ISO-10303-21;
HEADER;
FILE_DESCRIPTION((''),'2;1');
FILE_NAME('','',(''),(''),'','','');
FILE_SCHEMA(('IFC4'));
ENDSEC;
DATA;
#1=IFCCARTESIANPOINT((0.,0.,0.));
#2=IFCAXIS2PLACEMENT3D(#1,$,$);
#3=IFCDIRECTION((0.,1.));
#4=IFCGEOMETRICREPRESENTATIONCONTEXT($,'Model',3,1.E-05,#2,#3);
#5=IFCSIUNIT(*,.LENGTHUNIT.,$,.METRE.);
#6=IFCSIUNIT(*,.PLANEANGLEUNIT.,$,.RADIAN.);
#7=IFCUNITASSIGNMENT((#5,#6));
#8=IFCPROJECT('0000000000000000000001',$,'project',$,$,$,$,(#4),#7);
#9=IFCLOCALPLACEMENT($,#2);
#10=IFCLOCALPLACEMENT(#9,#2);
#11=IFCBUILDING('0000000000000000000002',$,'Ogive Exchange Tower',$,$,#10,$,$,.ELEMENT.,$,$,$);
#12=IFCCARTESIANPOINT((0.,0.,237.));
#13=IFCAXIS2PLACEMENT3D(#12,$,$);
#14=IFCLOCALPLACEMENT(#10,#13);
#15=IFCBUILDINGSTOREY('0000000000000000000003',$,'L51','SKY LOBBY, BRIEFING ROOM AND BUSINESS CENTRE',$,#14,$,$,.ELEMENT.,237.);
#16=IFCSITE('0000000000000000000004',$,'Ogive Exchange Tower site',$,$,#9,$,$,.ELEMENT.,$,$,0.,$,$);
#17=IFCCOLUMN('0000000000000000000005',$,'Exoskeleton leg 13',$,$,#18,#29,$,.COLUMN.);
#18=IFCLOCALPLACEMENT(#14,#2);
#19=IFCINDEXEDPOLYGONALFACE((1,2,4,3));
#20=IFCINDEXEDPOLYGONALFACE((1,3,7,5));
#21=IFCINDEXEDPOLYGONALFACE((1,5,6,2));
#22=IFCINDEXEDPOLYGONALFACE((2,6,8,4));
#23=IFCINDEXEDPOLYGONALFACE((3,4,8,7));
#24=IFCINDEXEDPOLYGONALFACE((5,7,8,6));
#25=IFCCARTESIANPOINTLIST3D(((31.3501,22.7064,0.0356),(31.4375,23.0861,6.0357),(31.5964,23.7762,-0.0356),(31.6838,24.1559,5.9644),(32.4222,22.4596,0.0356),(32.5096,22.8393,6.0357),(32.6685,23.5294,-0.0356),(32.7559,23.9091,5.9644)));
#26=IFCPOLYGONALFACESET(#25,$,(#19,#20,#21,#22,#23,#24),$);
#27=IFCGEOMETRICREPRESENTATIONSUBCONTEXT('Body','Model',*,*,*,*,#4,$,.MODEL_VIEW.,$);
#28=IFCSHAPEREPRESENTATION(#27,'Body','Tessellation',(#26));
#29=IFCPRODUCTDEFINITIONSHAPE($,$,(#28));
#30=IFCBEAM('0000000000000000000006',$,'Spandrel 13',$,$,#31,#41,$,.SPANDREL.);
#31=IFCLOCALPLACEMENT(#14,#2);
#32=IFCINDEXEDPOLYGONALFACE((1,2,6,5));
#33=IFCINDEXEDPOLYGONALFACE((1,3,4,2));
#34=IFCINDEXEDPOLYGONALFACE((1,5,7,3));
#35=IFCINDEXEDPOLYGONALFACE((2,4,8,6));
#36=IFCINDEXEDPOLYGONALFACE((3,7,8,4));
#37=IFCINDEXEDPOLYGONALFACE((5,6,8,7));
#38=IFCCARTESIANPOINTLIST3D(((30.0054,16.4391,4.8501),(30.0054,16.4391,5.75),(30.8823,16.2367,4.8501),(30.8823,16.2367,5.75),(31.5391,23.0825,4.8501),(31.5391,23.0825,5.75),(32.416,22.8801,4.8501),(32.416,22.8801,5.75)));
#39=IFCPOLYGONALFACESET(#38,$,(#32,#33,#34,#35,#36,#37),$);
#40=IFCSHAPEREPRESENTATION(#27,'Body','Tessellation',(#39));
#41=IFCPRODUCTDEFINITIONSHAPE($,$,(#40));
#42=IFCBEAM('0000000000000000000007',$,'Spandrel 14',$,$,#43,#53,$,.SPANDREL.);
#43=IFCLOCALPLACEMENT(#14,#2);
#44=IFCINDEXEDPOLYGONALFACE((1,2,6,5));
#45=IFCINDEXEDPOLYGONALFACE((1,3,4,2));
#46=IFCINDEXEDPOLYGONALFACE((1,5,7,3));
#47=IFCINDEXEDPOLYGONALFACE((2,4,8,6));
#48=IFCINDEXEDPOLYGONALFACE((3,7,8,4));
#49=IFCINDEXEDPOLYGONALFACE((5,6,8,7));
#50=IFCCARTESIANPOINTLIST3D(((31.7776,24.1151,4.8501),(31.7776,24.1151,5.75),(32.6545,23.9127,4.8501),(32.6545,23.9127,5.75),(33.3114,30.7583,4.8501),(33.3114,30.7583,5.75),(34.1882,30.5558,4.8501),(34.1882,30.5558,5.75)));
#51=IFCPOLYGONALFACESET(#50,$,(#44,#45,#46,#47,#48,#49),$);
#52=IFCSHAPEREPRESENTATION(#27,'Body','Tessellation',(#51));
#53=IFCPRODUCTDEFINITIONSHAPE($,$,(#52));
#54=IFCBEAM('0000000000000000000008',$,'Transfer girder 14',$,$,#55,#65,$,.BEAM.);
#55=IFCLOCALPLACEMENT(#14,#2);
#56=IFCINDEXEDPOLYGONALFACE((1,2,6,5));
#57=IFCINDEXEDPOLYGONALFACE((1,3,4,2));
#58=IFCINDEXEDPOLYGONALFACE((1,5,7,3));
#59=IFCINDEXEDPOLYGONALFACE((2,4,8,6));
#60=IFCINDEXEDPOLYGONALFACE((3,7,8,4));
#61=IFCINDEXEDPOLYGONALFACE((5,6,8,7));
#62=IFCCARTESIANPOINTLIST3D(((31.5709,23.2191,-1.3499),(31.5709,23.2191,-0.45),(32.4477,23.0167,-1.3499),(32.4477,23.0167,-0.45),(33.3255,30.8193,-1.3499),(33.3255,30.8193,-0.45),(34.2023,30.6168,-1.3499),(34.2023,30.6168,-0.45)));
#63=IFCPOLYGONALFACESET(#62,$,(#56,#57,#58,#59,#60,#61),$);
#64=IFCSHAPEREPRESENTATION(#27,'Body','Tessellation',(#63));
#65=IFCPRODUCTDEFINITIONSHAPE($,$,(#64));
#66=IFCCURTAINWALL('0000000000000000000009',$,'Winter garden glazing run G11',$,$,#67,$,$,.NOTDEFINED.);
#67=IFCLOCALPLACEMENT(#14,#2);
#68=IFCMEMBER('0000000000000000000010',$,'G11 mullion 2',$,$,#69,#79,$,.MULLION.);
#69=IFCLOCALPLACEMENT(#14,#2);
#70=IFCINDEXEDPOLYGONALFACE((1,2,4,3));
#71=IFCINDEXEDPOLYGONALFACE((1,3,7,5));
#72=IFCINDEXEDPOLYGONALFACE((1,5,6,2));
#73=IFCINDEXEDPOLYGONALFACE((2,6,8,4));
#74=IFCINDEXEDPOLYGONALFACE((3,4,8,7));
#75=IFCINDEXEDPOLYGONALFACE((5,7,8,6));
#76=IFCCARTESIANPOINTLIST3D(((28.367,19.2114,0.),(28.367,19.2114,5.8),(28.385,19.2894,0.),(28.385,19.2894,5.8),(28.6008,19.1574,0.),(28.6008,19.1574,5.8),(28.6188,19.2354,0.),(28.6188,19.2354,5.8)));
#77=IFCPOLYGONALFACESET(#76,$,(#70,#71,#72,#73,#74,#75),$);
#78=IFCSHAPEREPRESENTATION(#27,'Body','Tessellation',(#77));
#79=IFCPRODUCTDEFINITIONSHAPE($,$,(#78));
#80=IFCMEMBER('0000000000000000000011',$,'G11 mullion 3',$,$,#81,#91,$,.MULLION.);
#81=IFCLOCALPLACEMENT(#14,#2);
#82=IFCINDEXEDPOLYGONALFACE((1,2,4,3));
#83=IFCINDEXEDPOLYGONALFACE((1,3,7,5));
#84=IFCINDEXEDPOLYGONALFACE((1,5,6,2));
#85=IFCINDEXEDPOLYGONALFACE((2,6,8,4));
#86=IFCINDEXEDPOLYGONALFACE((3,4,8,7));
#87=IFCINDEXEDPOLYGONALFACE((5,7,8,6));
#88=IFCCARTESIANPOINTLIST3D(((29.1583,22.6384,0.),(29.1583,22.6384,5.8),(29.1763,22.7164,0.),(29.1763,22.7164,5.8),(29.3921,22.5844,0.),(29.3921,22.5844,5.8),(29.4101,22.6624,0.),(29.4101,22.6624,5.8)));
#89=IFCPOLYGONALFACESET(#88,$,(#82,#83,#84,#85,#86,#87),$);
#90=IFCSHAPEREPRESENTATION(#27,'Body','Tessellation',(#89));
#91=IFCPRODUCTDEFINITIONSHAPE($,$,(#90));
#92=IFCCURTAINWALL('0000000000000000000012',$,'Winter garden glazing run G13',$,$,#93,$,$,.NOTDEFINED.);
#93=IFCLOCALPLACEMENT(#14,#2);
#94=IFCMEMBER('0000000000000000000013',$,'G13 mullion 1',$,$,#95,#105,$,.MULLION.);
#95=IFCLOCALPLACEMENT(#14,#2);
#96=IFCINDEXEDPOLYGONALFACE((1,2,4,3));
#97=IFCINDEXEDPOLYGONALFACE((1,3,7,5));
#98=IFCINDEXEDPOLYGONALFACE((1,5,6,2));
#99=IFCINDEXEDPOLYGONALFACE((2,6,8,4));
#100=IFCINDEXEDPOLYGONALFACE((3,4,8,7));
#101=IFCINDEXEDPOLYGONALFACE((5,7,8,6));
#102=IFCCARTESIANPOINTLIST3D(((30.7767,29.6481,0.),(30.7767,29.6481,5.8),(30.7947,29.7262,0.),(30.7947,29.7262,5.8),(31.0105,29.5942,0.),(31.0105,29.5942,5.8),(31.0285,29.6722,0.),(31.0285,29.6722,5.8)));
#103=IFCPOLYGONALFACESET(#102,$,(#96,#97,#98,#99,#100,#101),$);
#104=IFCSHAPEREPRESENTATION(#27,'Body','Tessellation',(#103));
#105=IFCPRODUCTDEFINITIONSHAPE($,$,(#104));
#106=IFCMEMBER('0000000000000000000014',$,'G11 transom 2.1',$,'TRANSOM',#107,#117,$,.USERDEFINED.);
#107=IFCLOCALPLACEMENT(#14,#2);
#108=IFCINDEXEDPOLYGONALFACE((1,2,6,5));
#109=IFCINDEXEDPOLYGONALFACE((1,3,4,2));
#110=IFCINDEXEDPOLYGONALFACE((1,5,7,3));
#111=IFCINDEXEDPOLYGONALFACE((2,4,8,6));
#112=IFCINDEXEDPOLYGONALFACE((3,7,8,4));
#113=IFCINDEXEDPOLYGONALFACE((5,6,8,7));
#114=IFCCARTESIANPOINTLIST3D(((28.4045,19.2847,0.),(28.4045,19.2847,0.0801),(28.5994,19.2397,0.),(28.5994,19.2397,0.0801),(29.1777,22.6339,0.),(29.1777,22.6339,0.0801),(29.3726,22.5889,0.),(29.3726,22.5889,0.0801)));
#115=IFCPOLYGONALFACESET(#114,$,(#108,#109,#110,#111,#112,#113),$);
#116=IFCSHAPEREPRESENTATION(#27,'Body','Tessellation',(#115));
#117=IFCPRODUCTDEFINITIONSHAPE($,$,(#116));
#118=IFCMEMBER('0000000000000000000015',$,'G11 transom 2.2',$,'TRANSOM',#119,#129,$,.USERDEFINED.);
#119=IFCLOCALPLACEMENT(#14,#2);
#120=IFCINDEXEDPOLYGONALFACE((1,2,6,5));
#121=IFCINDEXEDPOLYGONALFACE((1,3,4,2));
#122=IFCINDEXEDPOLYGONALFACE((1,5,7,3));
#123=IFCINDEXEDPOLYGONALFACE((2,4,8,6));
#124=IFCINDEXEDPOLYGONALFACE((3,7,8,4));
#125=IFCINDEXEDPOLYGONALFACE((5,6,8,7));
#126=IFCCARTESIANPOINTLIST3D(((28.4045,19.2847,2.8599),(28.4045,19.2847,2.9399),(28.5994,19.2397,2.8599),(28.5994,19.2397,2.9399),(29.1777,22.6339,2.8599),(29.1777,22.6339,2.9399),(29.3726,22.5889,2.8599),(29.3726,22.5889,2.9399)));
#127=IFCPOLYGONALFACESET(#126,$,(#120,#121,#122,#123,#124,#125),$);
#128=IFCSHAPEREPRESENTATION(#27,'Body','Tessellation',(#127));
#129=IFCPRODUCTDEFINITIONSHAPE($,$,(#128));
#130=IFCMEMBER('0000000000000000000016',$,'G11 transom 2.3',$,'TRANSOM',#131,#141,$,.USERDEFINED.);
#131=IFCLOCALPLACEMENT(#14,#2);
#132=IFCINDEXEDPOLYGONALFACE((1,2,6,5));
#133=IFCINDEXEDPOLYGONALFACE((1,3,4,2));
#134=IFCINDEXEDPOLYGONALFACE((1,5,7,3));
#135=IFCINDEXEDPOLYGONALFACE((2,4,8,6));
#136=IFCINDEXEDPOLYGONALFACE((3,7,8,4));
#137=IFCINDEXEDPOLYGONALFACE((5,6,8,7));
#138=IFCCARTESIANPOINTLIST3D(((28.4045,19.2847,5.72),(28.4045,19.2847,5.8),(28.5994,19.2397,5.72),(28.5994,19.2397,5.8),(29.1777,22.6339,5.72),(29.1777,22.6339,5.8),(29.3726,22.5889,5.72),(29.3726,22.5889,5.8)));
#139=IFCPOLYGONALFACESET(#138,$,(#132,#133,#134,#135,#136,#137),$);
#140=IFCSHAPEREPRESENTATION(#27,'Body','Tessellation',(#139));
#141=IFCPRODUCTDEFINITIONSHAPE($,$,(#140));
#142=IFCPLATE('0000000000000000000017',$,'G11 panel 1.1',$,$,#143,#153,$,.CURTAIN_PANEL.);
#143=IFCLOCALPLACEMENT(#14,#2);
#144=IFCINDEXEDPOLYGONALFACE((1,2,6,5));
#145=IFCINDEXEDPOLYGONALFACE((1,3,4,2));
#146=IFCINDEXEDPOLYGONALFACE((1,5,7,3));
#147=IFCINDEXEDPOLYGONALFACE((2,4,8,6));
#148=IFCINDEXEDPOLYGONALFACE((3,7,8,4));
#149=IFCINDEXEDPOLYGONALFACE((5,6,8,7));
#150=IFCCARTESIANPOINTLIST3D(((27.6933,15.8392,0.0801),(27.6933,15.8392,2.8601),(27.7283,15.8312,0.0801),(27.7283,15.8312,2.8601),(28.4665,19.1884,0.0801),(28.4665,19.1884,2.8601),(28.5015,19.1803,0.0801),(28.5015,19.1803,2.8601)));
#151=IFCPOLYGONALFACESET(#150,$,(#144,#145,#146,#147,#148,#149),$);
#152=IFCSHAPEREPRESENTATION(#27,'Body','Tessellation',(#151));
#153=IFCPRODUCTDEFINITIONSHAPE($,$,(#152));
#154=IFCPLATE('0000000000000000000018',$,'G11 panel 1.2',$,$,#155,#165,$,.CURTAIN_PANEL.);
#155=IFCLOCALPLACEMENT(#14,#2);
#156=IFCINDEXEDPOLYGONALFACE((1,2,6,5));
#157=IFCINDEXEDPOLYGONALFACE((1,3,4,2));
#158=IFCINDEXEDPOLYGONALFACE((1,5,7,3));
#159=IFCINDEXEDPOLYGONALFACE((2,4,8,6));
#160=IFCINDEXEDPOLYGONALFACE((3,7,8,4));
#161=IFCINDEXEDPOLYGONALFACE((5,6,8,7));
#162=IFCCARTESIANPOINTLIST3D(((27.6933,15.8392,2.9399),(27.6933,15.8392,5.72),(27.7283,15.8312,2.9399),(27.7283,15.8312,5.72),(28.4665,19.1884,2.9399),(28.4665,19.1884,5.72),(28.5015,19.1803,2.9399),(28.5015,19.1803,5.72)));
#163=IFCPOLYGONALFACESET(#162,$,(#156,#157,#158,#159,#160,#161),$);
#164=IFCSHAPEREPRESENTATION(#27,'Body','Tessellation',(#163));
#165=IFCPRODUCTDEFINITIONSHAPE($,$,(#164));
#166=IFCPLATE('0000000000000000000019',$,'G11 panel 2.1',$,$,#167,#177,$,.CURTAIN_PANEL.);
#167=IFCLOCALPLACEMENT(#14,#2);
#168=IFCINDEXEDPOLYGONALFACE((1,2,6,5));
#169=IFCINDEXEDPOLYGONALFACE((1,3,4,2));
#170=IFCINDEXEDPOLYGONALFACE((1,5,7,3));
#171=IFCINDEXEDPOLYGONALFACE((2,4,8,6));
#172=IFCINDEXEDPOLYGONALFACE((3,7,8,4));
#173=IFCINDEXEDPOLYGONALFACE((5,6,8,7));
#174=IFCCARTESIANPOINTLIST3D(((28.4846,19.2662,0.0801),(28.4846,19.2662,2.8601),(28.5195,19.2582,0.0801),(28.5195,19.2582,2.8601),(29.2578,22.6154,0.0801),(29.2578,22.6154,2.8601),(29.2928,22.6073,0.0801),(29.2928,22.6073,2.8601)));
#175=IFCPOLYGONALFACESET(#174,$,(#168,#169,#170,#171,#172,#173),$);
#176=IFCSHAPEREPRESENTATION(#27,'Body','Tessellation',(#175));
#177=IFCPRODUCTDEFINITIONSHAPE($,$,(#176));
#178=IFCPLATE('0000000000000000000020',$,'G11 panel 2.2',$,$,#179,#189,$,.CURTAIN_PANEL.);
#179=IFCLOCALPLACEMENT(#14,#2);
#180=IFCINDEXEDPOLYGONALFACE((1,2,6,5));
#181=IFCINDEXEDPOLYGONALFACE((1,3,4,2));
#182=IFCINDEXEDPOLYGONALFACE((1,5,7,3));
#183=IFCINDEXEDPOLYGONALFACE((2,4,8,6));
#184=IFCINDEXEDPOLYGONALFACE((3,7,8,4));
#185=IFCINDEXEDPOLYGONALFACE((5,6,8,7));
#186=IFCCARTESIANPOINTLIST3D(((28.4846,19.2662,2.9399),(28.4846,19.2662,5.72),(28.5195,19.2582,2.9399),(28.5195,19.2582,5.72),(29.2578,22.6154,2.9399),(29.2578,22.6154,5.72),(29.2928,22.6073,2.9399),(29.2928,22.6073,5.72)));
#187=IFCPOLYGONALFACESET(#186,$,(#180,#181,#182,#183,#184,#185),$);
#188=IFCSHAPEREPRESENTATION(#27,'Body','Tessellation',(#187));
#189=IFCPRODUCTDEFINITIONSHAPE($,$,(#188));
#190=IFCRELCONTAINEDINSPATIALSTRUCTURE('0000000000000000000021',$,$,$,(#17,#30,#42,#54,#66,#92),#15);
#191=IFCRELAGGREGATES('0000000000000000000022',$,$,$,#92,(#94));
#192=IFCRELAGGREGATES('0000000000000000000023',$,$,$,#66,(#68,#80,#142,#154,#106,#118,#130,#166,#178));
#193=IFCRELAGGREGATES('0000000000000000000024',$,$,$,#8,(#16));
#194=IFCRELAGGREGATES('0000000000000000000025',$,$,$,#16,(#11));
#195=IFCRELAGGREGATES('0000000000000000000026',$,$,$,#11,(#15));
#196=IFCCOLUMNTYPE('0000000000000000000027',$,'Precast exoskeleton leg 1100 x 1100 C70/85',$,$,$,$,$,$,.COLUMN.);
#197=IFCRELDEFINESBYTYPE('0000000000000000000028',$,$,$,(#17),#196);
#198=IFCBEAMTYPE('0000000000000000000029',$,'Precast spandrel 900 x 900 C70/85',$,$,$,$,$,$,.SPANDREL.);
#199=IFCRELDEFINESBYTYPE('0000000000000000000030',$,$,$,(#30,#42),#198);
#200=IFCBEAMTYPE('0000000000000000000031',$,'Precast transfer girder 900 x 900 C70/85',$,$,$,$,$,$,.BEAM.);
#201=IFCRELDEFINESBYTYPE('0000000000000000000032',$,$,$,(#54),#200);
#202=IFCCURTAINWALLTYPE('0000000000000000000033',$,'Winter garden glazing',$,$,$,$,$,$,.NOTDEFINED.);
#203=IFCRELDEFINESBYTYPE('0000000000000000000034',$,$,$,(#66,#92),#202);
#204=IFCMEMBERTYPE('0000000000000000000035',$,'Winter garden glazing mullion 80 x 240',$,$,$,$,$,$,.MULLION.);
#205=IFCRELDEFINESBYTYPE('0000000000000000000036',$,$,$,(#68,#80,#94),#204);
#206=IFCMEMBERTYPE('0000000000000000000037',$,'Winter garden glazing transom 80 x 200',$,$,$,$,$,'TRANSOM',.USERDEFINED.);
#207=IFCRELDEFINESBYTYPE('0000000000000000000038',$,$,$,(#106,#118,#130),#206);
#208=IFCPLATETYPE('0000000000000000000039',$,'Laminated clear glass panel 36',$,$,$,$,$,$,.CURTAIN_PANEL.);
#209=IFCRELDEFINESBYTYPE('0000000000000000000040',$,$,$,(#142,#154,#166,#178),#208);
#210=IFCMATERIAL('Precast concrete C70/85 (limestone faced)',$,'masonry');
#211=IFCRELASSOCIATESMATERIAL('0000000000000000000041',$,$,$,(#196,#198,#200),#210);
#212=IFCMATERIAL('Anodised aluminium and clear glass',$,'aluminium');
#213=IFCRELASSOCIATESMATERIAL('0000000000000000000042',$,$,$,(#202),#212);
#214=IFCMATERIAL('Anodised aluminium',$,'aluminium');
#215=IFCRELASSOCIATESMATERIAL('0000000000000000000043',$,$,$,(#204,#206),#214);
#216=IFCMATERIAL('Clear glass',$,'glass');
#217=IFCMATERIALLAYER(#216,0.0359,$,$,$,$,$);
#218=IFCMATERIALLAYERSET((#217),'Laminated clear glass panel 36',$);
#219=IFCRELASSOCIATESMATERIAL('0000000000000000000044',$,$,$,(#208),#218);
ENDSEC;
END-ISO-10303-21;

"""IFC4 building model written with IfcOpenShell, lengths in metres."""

from ifc_helpers import new_model, si_unit, direction, frame, origin, origin_2d, place, context, subcontext, project, spatial, rectangle, extrude, material, layer, layer_set, material_profile, profile_set, type_object, element, aggregate, save


model = new_model("IFC4")

# Units and contexts
model_context = context("Model", 3, precision=1e-05, world=origin(), true_north=direction((0.0, 1.0)))
body_context = subcontext(model_context, "Body", "Model", "MODEL_VIEW")
ifc_project = project(units=[si_unit("LENGTHUNIT", "METRE"), si_unit("PLANEANGLEUNIT", "RADIAN")], contexts=[model_context])

# Site, building, storey
site_placement = place(None, origin())
site = spatial("IfcSite", under=ifc_project, at=site_placement, Name="Ogive Exchange Tower site", CompositionType="ELEMENT", RefElevation=0.0)
building_placement = place(site_placement, origin())
building = spatial("IfcBuilding", under=site, at=building_placement, Name="Ogive Exchange Tower", CompositionType="ELEMENT")
storey_placement = place(building_placement, frame((0.0, 0.0, 237.0)))
storey = spatial("IfcBuildingStorey", under=building, at=storey_placement, Name="L51", Description="SKY LOBBY, BRIEFING ROOM AND BUSINESS CENTRE", CompositionType="ELEMENT", Elevation=237.0)

# Column
ifc_material_1 = material(Name="Precast concrete C70/85 (limestone faced)", Category="masonry")
ifc_material_profile_1 = material_profile(ifc_material_1, rectangle(XDim=1.1001, YDim=1.1001, at=origin_2d()), Name="1100 x 1100")
ifc_profile_set_1 = profile_set([ifc_material_profile_1], Name="Precast concrete C70/85 (limestone faced)")
column_type = type_object("IfcColumnType", Name="Precast exoskeleton leg 1100 x 1100 C70/85", PredefinedType="COLUMN", material=ifc_profile_set_1)
column_placement = place(storey_placement, frame((32.0093, 23.1179, 0.0), z_axis=(0.014536, 0.06314, 0.997899), x_axis=(-0.974507, 0.224356, 0.0)))
element("IfcColumn", 1, at=column_placement, inside=storey, type_object=column_type, Name="Exoskeleton leg 13", PredefinedType="COLUMN", context=body_context, shape_type="SweptSolid", body=[
    extrude(rectangle(XDim=1.1001, YDim=1.1001, at=origin_2d()), origin(), (0.0, 0.0, 1.0), 6.0127),
])

# Beams
ifc_material_profile_2 = material_profile(ifc_material_1, rectangle(XDim=0.8999, YDim=0.8999, at=origin_2d()), Name="900 x 900")
ifc_profile_set_2 = profile_set([ifc_material_profile_2], Name="Precast concrete C70/85 (limestone faced)")
beam_type_1 = type_object("IfcBeamType", Name="Precast spandrel 900 x 900 C70/85", PredefinedType="SPANDREL", material=ifc_profile_set_2)
beam_1_placement = place(storey_placement, frame((30.4438, 16.3379, 5.3), z_axis=(0.224946, 0.974371, 0.0), x_axis=(-0.974371, 0.224946, 0.0)))
element("IfcBeam", 2, at=beam_1_placement, inside=storey, type_object=beam_type_1, Name="Spandrel 13", PredefinedType="SPANDREL", context=body_context, shape_type="SweptSolid", body=[
    extrude(rectangle(XDim=0.8999, YDim=0.8999, at=origin_2d()), origin(), (0.0, 0.0, 1.0), 6.8181),
])
beam_2_placement = place(storey_placement, frame((32.2161, 24.0139, 5.3), z_axis=(0.224954, 0.974369, 0.0), x_axis=(-0.974369, 0.224954, 0.0)))
element("IfcBeam", 3, at=beam_2_placement, inside=storey, type_object=beam_type_1, Name="Spandrel 14", PredefinedType="SPANDREL", context=body_context, shape_type="SweptSolid", body=[
    extrude(rectangle(XDim=0.8999, YDim=0.8999, at=origin_2d()), origin(), (0.0, 0.0, 1.0), 6.8179),
])
ifc_material_profile_3 = material_profile(ifc_material_1, rectangle(XDim=0.8999, YDim=0.8999, at=origin_2d()), Name="900 x 900")
ifc_profile_set_3 = profile_set([ifc_material_profile_3], Name="Precast concrete C70/85 (limestone faced)")
beam_type_2 = type_object("IfcBeamType", Name="Precast transfer girder 900 x 900 C70/85", PredefinedType="BEAM", material=ifc_profile_set_3)
beam_3_placement = place(storey_placement, frame((32.0093, 23.1179, -0.8999), z_axis=(0.224953, 0.97437, 0.0), x_axis=(-0.97437, 0.224953, 0.0)))
element("IfcBeam", 4, at=beam_3_placement, inside=storey, type_object=beam_type_2, Name="Transfer girder 14", PredefinedType="BEAM", context=body_context, shape_type="SweptSolid", body=[
    extrude(rectangle(XDim=0.8999, YDim=0.8999, at=origin_2d()), origin(), (0.0, 0.0, 1.0), 7.8),
])

# Curtain wall, members
ifc_material_2 = material(Name="Anodised aluminium and clear glass", Category="aluminium")
curtain_wall_type = type_object("IfcCurtainWallType", Name="Winter garden glazing", PredefinedType="NOTDEFINED", material=ifc_material_2)
curtain_wall_1_placement = place(storey_placement, origin())
curtain_wall_1 = element("IfcCurtainWall", 5, at=curtain_wall_1_placement, inside=storey, type_object=curtain_wall_type, Name="Winter garden glazing run G11", PredefinedType="NOTDEFINED")
ifc_material_3 = material(Name="Anodised aluminium", Category="aluminium")
ifc_material_profile_4 = material_profile(ifc_material_3, rectangle(XDim=0.24, YDim=0.0801, at=origin_2d()), Name="AL 80x240")
ifc_profile_set_4 = profile_set([ifc_material_profile_4], Name="Anodised aluminium")
member_type_1 = type_object("IfcMemberType", Name="Winter garden glazing mullion 80 x 240", PredefinedType="MULLION", material=ifc_profile_set_4)
member_1_placement = place(storey_placement, frame((28.4929, 19.2234, 0.0), z_axis=(0.0, 0.0, 1.0), x_axis=(-0.974369, 0.224954, 0.0)))
member_1 = element("IfcMember", 6, at=member_1_placement, type_object=member_type_1, Name="G11 mullion 2", PredefinedType="MULLION", context=body_context, shape_type="SweptSolid", body=[
    extrude(rectangle(XDim=0.24, YDim=0.0801, at=origin_2d()), origin(), (0.0, 0.0, 1.0), 5.8),
])
member_2_placement = place(storey_placement, frame((29.2842, 22.6504, 0.0), z_axis=(0.0, 0.0, 1.0), x_axis=(-0.974369, 0.224954, 0.0)))
member_2 = element("IfcMember", 7, at=member_2_placement, type_object=member_type_1, Name="G11 mullion 3", PredefinedType="MULLION", context=body_context, shape_type="SweptSolid", body=[
    extrude(rectangle(XDim=0.24, YDim=0.0801, at=origin_2d()), origin(), (0.0, 0.0, 1.0), 5.8),
])

# Curtain wall, member
curtain_wall_2_placement = place(storey_placement, origin())
curtain_wall_2 = element("IfcCurtainWall", 8, at=curtain_wall_2_placement, inside=storey, type_object=curtain_wall_type, Name="Winter garden glazing run G13", PredefinedType="NOTDEFINED")
member_3_placement = place(storey_placement, frame((30.9026, 29.6602, 0.0), z_axis=(0.0, 0.0, 1.0), x_axis=(-0.974369, 0.224954, 0.0)))
member_3 = element("IfcMember", 9, at=member_3_placement, type_object=member_type_1, Name="G13 mullion 1", PredefinedType="MULLION", context=body_context, shape_type="SweptSolid", body=[
    extrude(rectangle(XDim=0.24, YDim=0.0801, at=origin_2d()), origin(), (0.0, 0.0, 1.0), 5.8),
])
aggregate(curtain_wall_2, [member_3])

# Members
ifc_material_profile_5 = material_profile(ifc_material_3, rectangle(XDim=0.2, YDim=0.0801, at=origin_2d()), Name="AL 80x200")
ifc_profile_set_5 = profile_set([ifc_material_profile_5], Name="Anodised aluminium")
member_type_2 = type_object("IfcMemberType", Name="Winter garden glazing transom 80 x 200", ElementType="TRANSOM", PredefinedType="USERDEFINED", material=ifc_profile_set_5)
member_4_placement = place(storey_placement, frame((28.502, 19.2622, 0.04), z_axis=(0.224948, 0.974371, 0.0), x_axis=(-0.974371, 0.224948, 0.0)))
member_4 = element("IfcMember", 10, at=member_4_placement, type_object=member_type_2, Name="G11 transom 2.1", ObjectType="TRANSOM", PredefinedType="USERDEFINED", context=body_context, shape_type="SweptSolid", body=[
    extrude(rectangle(XDim=0.2, YDim=0.0801, at=origin_2d()), origin(), (0.0, 0.0, 1.0), 3.4373),
])
member_5_placement = place(storey_placement, frame((28.502, 19.2622, 2.8999), z_axis=(0.224948, 0.974371, 0.0), x_axis=(-0.974371, 0.224948, 0.0)))
member_5 = element("IfcMember", 11, at=member_5_placement, type_object=member_type_2, Name="G11 transom 2.2", ObjectType="TRANSOM", PredefinedType="USERDEFINED", context=body_context, shape_type="SweptSolid", body=[
    extrude(rectangle(XDim=0.2, YDim=0.0801, at=origin_2d()), origin(), (0.0, 0.0, 1.0), 3.4373),
])
member_6_placement = place(storey_placement, frame((28.502, 19.2622, 5.76), z_axis=(0.224948, 0.974371, 0.0), x_axis=(-0.974371, 0.224948, 0.0)))
member_6 = element("IfcMember", 12, at=member_6_placement, type_object=member_type_2, Name="G11 transom 2.3", ObjectType="TRANSOM", PredefinedType="USERDEFINED", context=body_context, shape_type="SweptSolid", body=[
    extrude(rectangle(XDim=0.2, YDim=0.0801, at=origin_2d()), origin(), (0.0, 0.0, 1.0), 3.4373),
])

# Plates
ifc_material_4 = material(Name="Clear glass", Category="glass")
ifc_layer_1 = layer(ifc_material_4, 0.0359)
ifc_layer_set_1 = layer_set([ifc_layer_1], Name="Laminated clear glass panel 36")
plate_type = type_object("IfcPlateType", Name="Laminated clear glass panel 36", PredefinedType="CURTAIN_PANEL", material=ifc_layer_set_1)
plate_1_placement = place(storey_placement, frame((28.0974, 17.5098, 0.0801), z_axis=(0.0, 0.0, 1.0), x_axis=(0.224954, 0.974369, 0.0)))
plate_1 = element("IfcPlate", 13, at=plate_1_placement, type_object=plate_type, Name="G11 panel 1.1", PredefinedType="CURTAIN_PANEL", context=body_context, shape_type="SweptSolid", body=[
    extrude(rectangle(XDim=3.4373, YDim=0.0359, at=origin_2d()), origin(), (0.0, 0.0, 1.0), 2.78),
])
plate_2_placement = place(storey_placement, frame((28.0974, 17.5098, 2.9399), z_axis=(0.0, 0.0, 1.0), x_axis=(0.224954, 0.974369, 0.0)))
plate_2 = element("IfcPlate", 14, at=plate_2_placement, type_object=plate_type, Name="G11 panel 1.2", PredefinedType="CURTAIN_PANEL", context=body_context, shape_type="SweptSolid", body=[
    extrude(rectangle(XDim=3.4373, YDim=0.0359, at=origin_2d()), origin(), (0.0, 0.0, 1.0), 2.78),
])
plate_3_placement = place(storey_placement, frame((28.8887, 20.9368, 0.0801), z_axis=(0.0, 0.0, 1.0), x_axis=(0.224954, 0.974369, 0.0)))
plate_3 = element("IfcPlate", 15, at=plate_3_placement, type_object=plate_type, Name="G11 panel 2.1", PredefinedType="CURTAIN_PANEL", context=body_context, shape_type="SweptSolid", body=[
    extrude(rectangle(XDim=3.4373, YDim=0.0359, at=origin_2d()), origin(), (0.0, 0.0, 1.0), 2.78),
])
plate_4_placement = place(storey_placement, frame((28.8887, 20.9368, 2.9399), z_axis=(0.0, 0.0, 1.0), x_axis=(0.224954, 0.974369, 0.0)))
plate_4 = element("IfcPlate", 16, at=plate_4_placement, type_object=plate_type, Name="G11 panel 2.2", PredefinedType="CURTAIN_PANEL", context=body_context, shape_type="SweptSolid", body=[
    extrude(rectangle(XDim=3.4373, YDim=0.0359, at=origin_2d()), origin(), (0.0, 0.0, 1.0), 2.78),
])
aggregate(curtain_wall_1, [member_1, member_2, plate_1, plate_2, member_4, member_5, member_6, plate_3, plate_4])

save(model, "model.ifc")
